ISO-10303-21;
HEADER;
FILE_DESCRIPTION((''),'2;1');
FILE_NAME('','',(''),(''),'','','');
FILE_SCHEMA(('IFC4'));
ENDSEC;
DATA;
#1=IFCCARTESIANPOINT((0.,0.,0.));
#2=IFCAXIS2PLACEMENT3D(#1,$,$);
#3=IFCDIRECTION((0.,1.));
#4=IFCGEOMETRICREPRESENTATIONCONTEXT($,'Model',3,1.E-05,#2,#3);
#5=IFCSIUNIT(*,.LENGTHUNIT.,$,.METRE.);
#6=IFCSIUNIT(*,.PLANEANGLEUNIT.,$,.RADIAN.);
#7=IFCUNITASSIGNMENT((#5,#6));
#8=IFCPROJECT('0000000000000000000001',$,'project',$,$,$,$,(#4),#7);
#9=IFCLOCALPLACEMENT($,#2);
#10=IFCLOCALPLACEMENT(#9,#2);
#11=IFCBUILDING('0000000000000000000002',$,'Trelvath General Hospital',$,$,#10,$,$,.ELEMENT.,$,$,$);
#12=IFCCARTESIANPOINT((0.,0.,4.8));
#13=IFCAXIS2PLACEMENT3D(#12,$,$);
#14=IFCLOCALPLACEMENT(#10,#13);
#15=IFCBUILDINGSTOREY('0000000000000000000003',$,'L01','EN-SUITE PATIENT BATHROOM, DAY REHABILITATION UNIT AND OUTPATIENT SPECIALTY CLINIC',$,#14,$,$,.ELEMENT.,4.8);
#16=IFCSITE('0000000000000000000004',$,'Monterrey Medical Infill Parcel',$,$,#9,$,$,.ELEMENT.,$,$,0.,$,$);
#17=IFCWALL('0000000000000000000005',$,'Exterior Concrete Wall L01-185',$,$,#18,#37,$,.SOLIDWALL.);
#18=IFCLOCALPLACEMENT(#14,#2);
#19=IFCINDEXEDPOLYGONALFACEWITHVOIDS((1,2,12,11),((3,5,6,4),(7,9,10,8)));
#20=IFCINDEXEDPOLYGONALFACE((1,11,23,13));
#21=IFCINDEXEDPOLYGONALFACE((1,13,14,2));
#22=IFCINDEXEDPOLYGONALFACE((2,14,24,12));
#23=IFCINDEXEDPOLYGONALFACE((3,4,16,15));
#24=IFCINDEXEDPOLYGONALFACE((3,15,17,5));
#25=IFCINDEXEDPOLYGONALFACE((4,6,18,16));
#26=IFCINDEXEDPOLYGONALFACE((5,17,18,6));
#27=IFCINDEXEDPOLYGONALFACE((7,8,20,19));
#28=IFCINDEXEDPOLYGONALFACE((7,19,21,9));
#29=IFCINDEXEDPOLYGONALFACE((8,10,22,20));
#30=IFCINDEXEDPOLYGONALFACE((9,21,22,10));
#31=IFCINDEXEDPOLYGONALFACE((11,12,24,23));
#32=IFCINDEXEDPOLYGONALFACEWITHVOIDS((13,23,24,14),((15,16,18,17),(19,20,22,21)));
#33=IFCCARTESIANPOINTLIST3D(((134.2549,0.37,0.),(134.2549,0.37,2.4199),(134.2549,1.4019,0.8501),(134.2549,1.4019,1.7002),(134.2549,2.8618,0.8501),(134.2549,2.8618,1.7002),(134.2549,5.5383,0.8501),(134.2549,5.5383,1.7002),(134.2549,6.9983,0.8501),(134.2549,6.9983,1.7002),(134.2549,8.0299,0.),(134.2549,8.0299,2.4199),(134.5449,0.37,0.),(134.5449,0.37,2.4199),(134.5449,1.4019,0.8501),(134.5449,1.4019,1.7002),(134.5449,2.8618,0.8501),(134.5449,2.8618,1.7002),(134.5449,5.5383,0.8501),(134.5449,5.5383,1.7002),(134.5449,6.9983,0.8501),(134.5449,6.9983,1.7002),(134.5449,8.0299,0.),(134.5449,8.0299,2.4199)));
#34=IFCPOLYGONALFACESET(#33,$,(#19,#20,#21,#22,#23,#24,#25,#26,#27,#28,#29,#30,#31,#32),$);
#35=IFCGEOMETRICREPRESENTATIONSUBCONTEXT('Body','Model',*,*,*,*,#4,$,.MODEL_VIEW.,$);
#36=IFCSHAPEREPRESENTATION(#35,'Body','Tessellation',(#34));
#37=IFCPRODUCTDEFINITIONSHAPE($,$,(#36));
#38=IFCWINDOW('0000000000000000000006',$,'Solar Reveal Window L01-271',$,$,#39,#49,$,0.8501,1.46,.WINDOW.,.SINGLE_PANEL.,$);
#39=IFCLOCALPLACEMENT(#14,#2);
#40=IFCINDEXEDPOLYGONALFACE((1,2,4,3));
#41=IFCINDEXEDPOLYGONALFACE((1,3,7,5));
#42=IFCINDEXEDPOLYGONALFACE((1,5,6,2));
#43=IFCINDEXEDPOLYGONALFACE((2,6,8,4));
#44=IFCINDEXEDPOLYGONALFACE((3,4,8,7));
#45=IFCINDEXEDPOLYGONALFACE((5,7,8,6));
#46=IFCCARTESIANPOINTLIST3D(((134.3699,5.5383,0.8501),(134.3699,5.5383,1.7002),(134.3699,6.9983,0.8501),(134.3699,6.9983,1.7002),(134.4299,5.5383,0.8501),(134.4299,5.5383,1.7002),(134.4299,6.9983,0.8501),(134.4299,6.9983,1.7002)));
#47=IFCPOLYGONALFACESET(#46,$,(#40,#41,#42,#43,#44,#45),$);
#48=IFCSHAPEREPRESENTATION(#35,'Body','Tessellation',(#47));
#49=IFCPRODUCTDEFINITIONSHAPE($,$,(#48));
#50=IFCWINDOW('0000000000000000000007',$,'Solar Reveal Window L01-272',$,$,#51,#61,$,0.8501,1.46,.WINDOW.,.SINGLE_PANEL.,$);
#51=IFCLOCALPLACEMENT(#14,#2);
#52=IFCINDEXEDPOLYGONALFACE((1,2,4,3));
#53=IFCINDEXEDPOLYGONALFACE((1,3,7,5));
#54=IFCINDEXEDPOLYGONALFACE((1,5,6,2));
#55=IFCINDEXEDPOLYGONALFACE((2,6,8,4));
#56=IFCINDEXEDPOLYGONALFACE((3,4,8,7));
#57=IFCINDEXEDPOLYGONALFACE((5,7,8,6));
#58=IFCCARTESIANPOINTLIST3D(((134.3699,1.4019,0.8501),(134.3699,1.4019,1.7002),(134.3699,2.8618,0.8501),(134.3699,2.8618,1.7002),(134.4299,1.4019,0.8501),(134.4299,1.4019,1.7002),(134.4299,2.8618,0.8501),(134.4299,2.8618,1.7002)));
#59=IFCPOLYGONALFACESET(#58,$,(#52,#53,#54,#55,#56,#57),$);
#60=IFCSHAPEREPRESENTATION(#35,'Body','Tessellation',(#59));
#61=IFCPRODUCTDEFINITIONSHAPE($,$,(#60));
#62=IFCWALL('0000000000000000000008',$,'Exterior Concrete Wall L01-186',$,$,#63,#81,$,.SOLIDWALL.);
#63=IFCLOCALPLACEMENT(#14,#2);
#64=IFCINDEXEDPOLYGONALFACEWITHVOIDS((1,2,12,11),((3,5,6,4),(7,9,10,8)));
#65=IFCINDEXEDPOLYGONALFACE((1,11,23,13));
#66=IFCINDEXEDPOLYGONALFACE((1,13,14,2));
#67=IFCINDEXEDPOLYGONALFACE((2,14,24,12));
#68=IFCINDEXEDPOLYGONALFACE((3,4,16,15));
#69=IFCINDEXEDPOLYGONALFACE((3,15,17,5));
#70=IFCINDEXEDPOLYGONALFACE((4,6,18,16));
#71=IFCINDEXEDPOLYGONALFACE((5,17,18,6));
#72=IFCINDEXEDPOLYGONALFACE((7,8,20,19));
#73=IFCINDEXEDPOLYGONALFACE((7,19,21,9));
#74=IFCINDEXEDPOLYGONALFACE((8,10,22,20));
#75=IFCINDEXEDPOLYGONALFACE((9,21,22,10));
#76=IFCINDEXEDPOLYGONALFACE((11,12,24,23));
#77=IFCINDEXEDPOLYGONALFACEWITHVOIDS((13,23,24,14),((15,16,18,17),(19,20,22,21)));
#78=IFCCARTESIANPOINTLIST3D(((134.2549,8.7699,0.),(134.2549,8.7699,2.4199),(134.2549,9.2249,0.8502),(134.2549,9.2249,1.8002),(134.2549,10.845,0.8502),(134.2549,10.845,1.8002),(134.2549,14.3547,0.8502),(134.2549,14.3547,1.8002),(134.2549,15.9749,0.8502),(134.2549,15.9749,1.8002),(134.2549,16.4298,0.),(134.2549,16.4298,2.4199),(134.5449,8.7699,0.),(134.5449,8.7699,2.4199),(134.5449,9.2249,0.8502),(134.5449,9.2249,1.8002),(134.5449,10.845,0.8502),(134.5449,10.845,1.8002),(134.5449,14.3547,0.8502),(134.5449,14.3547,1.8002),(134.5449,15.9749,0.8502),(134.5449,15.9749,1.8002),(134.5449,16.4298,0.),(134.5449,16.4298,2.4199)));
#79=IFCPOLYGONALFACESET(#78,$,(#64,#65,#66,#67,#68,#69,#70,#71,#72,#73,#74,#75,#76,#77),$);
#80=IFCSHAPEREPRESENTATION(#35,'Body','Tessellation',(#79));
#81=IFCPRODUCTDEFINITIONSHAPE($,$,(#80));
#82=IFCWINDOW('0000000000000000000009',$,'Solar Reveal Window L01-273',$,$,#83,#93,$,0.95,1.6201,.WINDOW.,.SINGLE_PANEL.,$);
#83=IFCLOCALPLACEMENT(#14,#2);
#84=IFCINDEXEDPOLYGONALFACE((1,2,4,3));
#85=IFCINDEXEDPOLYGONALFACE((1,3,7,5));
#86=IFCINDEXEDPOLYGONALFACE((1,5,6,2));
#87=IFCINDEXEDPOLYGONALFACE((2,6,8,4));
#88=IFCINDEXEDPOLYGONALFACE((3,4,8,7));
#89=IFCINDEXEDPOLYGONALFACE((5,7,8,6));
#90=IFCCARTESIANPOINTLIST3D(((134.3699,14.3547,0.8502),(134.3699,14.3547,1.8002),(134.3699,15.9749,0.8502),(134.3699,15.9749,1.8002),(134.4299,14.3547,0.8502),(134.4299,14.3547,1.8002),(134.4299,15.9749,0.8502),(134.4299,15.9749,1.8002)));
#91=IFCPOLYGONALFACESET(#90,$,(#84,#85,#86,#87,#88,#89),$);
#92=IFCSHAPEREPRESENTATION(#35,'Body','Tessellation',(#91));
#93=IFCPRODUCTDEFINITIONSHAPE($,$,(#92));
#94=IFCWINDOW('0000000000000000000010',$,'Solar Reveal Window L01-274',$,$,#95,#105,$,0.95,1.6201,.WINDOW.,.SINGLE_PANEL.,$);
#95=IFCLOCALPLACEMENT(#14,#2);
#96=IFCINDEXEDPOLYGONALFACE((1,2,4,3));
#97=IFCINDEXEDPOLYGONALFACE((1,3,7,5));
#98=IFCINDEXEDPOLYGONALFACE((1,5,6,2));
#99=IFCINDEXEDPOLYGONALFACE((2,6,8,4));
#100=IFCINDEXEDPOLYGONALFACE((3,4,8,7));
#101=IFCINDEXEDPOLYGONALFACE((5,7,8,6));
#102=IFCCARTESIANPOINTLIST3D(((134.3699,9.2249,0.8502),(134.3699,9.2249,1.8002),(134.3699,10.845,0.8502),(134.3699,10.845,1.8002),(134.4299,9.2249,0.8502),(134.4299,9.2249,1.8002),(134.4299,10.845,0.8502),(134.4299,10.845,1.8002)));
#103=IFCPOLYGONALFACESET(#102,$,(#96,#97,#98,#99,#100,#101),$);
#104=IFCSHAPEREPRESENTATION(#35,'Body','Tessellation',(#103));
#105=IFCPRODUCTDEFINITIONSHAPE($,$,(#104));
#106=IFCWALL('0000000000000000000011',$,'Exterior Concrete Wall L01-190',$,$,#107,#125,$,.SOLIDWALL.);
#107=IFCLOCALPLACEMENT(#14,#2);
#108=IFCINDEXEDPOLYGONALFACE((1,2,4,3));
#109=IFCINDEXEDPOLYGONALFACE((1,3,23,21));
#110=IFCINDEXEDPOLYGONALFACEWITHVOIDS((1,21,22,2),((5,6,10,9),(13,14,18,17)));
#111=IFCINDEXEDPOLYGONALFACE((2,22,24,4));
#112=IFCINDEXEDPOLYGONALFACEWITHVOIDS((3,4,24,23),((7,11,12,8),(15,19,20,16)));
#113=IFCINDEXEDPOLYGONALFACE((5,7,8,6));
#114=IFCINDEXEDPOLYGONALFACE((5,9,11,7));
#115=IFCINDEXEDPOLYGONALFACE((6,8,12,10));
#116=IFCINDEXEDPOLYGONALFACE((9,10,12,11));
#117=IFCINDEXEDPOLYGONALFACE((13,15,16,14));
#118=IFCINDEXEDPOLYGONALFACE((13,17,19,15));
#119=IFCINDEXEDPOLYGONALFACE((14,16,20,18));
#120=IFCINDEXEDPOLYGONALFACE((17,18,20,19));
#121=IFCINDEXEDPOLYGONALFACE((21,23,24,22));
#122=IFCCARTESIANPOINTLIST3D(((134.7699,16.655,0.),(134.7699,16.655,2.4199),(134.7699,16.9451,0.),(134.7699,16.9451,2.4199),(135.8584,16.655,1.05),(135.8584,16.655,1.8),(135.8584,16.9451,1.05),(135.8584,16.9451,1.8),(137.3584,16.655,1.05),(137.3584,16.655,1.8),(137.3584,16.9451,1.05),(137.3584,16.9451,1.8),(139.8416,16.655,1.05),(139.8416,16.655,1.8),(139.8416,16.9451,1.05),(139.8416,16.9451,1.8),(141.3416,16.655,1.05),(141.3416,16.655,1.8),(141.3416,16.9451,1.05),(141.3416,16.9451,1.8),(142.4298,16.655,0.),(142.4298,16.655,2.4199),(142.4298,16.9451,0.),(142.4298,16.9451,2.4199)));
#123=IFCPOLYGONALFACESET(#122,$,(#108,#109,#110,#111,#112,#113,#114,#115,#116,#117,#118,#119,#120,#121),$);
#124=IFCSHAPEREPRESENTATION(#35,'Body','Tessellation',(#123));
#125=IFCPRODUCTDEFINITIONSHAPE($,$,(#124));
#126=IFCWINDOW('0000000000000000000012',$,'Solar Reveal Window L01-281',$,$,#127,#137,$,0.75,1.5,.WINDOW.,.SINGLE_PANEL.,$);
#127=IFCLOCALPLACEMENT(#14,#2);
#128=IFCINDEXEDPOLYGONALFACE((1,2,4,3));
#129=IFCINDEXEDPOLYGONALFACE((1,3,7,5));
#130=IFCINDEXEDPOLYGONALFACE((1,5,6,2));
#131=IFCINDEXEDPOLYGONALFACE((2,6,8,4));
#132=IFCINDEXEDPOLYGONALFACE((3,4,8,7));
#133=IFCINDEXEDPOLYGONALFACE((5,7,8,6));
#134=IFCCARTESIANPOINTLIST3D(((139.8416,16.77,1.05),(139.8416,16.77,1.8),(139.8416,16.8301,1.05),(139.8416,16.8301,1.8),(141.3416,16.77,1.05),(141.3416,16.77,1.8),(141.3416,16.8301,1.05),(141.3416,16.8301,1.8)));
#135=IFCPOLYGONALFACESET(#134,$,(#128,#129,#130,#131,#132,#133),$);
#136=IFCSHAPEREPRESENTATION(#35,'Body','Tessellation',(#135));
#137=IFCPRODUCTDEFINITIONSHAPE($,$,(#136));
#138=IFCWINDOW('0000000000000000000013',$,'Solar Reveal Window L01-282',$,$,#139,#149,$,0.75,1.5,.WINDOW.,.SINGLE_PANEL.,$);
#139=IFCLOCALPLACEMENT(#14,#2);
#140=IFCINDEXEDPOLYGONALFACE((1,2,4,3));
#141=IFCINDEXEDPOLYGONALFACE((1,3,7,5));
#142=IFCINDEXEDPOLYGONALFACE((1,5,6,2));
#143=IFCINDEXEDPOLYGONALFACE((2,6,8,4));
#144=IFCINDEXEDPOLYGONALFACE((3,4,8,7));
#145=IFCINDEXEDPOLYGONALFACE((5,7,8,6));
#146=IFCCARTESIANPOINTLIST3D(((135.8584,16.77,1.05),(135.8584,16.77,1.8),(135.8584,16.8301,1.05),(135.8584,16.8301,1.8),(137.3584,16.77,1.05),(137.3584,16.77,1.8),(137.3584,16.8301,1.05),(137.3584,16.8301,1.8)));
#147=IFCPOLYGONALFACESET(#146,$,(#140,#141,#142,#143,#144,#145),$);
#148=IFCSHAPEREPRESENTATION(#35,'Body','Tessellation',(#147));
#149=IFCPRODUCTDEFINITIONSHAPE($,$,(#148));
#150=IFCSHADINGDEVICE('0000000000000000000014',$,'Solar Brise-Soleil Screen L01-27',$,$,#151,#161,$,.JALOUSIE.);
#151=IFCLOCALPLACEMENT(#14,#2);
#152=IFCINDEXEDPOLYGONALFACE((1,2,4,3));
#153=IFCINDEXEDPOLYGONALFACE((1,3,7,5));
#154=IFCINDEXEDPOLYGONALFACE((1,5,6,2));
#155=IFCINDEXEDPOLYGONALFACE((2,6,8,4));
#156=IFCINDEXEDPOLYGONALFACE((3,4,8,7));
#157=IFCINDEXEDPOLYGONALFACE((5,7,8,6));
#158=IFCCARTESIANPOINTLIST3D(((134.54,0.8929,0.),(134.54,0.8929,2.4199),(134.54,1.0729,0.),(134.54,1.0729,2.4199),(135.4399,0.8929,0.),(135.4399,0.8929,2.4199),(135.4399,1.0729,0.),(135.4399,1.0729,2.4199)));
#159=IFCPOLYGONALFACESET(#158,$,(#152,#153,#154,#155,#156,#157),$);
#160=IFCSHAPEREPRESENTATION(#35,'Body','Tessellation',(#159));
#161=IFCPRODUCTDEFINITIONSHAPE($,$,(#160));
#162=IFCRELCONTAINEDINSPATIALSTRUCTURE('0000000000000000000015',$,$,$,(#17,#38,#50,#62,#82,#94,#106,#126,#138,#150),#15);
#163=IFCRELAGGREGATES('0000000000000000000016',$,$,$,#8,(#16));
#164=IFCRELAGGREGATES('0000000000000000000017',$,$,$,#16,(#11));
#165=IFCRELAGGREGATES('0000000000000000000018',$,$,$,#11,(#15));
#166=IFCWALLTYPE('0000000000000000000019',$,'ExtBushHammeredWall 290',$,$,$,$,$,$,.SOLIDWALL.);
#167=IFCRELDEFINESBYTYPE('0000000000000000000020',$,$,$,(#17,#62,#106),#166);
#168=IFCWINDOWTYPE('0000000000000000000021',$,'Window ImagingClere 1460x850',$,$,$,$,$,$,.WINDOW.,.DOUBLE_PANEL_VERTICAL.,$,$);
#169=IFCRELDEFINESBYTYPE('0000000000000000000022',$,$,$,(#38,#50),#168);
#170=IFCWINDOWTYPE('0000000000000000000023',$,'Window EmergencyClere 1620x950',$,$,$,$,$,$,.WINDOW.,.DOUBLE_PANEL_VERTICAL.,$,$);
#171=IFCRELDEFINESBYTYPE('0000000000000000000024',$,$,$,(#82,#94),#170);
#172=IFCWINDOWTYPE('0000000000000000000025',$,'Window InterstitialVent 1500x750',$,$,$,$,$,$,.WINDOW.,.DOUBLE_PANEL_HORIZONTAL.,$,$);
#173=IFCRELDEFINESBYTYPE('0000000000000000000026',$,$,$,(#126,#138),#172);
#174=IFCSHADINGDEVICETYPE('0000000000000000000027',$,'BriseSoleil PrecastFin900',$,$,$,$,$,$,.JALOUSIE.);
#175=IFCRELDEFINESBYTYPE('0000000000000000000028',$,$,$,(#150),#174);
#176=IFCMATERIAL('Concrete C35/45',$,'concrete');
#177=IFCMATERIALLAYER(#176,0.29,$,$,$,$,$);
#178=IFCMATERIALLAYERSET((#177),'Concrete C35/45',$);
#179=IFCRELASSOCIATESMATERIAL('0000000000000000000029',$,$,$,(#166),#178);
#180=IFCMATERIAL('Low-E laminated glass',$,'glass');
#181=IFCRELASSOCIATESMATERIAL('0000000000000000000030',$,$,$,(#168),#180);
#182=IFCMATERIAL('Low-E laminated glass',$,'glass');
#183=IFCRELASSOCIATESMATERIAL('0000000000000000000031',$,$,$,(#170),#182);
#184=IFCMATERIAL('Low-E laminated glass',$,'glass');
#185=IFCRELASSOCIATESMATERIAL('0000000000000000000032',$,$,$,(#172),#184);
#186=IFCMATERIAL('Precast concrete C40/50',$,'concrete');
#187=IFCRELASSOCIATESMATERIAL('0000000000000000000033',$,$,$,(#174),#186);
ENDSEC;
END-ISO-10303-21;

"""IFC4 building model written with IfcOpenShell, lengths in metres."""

from ifc_helpers import new_model, si_unit, direction, frame, frame_2d, origin, origin_2d, place, context, subcontext, project, spatial, rectangle, extrude, material, layer, layer_set, type_object, element, fill, save


model = new_model("IFC4")

# Units and contexts
model_context = context("Model", 3, precision=1e-05, world=origin(), true_north=direction((0.0, 1.0)))
body_context = subcontext(model_context, "Body", "Model", "MODEL_VIEW")
ifc_project = project(units=[si_unit("LENGTHUNIT", "METRE"), si_unit("PLANEANGLEUNIT", "RADIAN")], contexts=[model_context])

# Site, building, storey
site_placement = place(None, origin())
site = spatial("IfcSite", under=ifc_project, at=site_placement, Name="Monterrey Medical Infill Parcel", CompositionType="ELEMENT", RefElevation=0.0)
building_placement = place(site_placement, origin())
building = spatial("IfcBuilding", under=site, at=building_placement, Name="Trelvath General Hospital", CompositionType="ELEMENT")
storey_placement = place(building_placement, frame((0.0, 0.0, 4.8)))
storey = spatial("IfcBuildingStorey", under=building, at=storey_placement, Name="L01", Description="EN-SUITE PATIENT BATHROOM, DAY REHABILITATION UNIT AND OUTPATIENT SPECIALTY CLINIC", CompositionType="ELEMENT", Elevation=4.8)

# Walls, openings, windows
ifc_material_1 = material(Name="Concrete C35/45", Category="concrete")
ifc_layer_1 = layer(ifc_material_1, 0.29)
ifc_layer_set_1 = layer_set([ifc_layer_1], Name="Concrete C35/45")
wall_type_1 = type_object("IfcWallType", Name="ExtBushHammeredWall 290", PredefinedType="SOLIDWALL", material=ifc_layer_set_1)
wall_1_placement = place(storey_placement, frame((134.3999, 8.03, 0.0), z_axis=(0.0, 0.0, 1.0), x_axis=(0.0, -1.0, 0.0)))
wall_1 = element("IfcWall", 1, at=wall_1_placement, inside=storey, type_object=wall_type_1, Name="Exterior Concrete Wall L01-185", PredefinedType="SOLIDWALL", context=body_context, shape_type="SweptSolid", body=[
    extrude(rectangle(XDim=7.6599, YDim=0.29, at=frame_2d((3.8301, 0.0))), origin(), (0.0, 0.0, 1.0), 2.4199),
])
opening_1_placement = place(wall_1_placement, frame((1.0317, 0.0, 0.8501)))
opening_1 = element("IfcOpeningElement", 2, at=opening_1_placement, cuts=wall_1, PredefinedType="OPENING", context=body_context, shape_type="SweptSolid", body=[
    extrude(rectangle(XDim=1.46, YDim=0.8501, at=frame_2d((0.73, 0.425))), frame((0.0, 0.155, 0.0), z_axis=(0.0, -1.0, 0.0), x_axis=(1.0, 0.0, 0.0)), (0.0, 0.0, 1.0), 0.3101),
])
opening_2_placement = place(wall_1_placement, frame((5.1682, 0.0, 0.8501)))
opening_2 = element("IfcOpeningElement", 3, at=opening_2_placement, cuts=wall_1, PredefinedType="OPENING", context=body_context, shape_type="SweptSolid", body=[
    extrude(rectangle(XDim=1.46, YDim=0.8501, at=frame_2d((0.73, 0.425))), frame((0.0, 0.155, 0.0), z_axis=(0.0, -1.0, 0.0), x_axis=(1.0, 0.0, 0.0)), (0.0, 0.0, 1.0), 0.3101),
])
ifc_material_2 = material(Name="Low-E laminated glass", Category="glass")
window_type_1 = type_object("IfcWindowType", Name="Window ImagingClere 1460x850", PartitioningType="DOUBLE_PANEL_VERTICAL", PredefinedType="WINDOW", material=ifc_material_2)
window_1_placement = place(opening_1_placement, origin())
window_1 = element("IfcWindow", 4, at=window_1_placement, inside=storey, type_object=window_type_1, Name="Solar Reveal Window L01-271", OverallHeight=0.8501, OverallWidth=1.46, PartitioningType="SINGLE_PANEL", PredefinedType="WINDOW", context=body_context, shape_type="SweptSolid", body=[
    extrude(rectangle(XDim=1.46, YDim=0.8501, at=frame_2d((0.73, 0.425))), frame((0.0, 0.03, 0.0), z_axis=(0.0, -1.0, 0.0), x_axis=(1.0, 0.0, 0.0)), (0.0, 0.0, 1.0), 0.0601),
])
fill(opening_1, window_1)
window_2_placement = place(opening_2_placement, origin())
window_2 = element("IfcWindow", 5, at=window_2_placement, inside=storey, type_object=window_type_1, Name="Solar Reveal Window L01-272", OverallHeight=0.8501, OverallWidth=1.46, PartitioningType="SINGLE_PANEL", PredefinedType="WINDOW", context=body_context, shape_type="SweptSolid", body=[
    extrude(rectangle(XDim=1.46, YDim=0.8501, at=frame_2d((0.73, 0.425))), frame((0.0, 0.03, 0.0), z_axis=(0.0, -1.0, 0.0), x_axis=(1.0, 0.0, 0.0)), (0.0, 0.0, 1.0), 0.0601),
])
fill(opening_2, window_2)
wall_2_placement = place(storey_placement, frame((134.3999, 16.4299, 0.0), z_axis=(0.0, 0.0, 1.0), x_axis=(0.0, -1.0, 0.0)))
wall_2 = element("IfcWall", 6, at=wall_2_placement, inside=storey, type_object=wall_type_1, Name="Exterior Concrete Wall L01-186", PredefinedType="SOLIDWALL", context=body_context, shape_type="SweptSolid", body=[
    extrude(rectangle(XDim=7.6599, YDim=0.29, at=frame_2d((3.8301, 0.0))), origin(), (0.0, 0.0, 1.0), 2.4199),
])
opening_3_placement = place(wall_2_placement, frame((0.4551, 0.0, 0.8501)))
opening_3 = element("IfcOpeningElement", 7, at=opening_3_placement, cuts=wall_2, PredefinedType="OPENING", context=body_context, shape_type="SweptSolid", body=[
    extrude(rectangle(XDim=1.6201, YDim=0.95, at=frame_2d((0.8101, 0.4751))), frame((0.0, 0.155, 0.0), z_axis=(0.0, -1.0, 0.0), x_axis=(1.0, 0.0, 0.0)), (0.0, 0.0, 1.0), 0.3101),
])
opening_4_placement = place(wall_2_placement, frame((5.585, 0.0, 0.8501)))
opening_4 = element("IfcOpeningElement", 8, at=opening_4_placement, cuts=wall_2, PredefinedType="OPENING", context=body_context, shape_type="SweptSolid", body=[
    extrude(rectangle(XDim=1.6201, YDim=0.95, at=frame_2d((0.8101, 0.4751))), frame((0.0, 0.155, 0.0), z_axis=(0.0, -1.0, 0.0), x_axis=(1.0, 0.0, 0.0)), (0.0, 0.0, 1.0), 0.3101),
])
ifc_material_3 = material(Name="Low-E laminated glass", Category="glass")
window_type_2 = type_object("IfcWindowType", Name="Window EmergencyClere 1620x950", PartitioningType="DOUBLE_PANEL_VERTICAL", PredefinedType="WINDOW", material=ifc_material_3)
window_3_placement = place(opening_3_placement, origin())
window_3 = element("IfcWindow", 9, at=window_3_placement, inside=storey, type_object=window_type_2, Name="Solar Reveal Window L01-273", OverallHeight=0.95, OverallWidth=1.6201, PartitioningType="SINGLE_PANEL", PredefinedType="WINDOW", context=body_context, shape_type="SweptSolid", body=[
    extrude(rectangle(XDim=1.6201, YDim=0.95, at=frame_2d((0.8101, 0.4751))), frame((0.0, 0.03, 0.0), z_axis=(0.0, -1.0, 0.0), x_axis=(1.0, 0.0, 0.0)), (0.0, 0.0, 1.0), 0.0601),
])
fill(opening_3, window_3)
window_4_placement = place(opening_4_placement, origin())
window_4 = element("IfcWindow", 10, at=window_4_placement, inside=storey, type_object=window_type_2, Name="Solar Reveal Window L01-274", OverallHeight=0.95, OverallWidth=1.6201, PartitioningType="SINGLE_PANEL", PredefinedType="WINDOW", context=body_context, shape_type="SweptSolid", body=[
    extrude(rectangle(XDim=1.6201, YDim=0.95, at=frame_2d((0.8101, 0.4751))), frame((0.0, 0.03, 0.0), z_axis=(0.0, -1.0, 0.0), x_axis=(1.0, 0.0, 0.0)), (0.0, 0.0, 1.0), 0.0601),
])
fill(opening_4, window_4)
wall_3_placement = place(storey_placement, frame((142.4299, 16.8, 0.0), z_axis=(0.0, 0.0, 1.0), x_axis=(-1.0, 0.0, 0.0)))
wall_3 = element("IfcWall", 11, at=wall_3_placement, inside=storey, type_object=wall_type_1, Name="Exterior Concrete Wall L01-190", PredefinedType="SOLIDWALL", context=body_context, shape_type="SweptSolid", body=[
    extrude(rectangle(XDim=7.6599, YDim=0.29, at=frame_2d((3.8301, 0.0))), origin(), (0.0, 0.0, 1.0), 2.4199),
])
opening_5_placement = place(wall_3_placement, frame((1.0884, 0.0, 1.05)))
opening_5 = element("IfcOpeningElement", 12, at=opening_5_placement, cuts=wall_3, PredefinedType="OPENING", context=body_context, shape_type="SweptSolid", body=[
    extrude(rectangle(XDim=1.5, YDim=0.75, at=frame_2d((0.75, 0.375))), frame((0.0, 0.155, 0.0), z_axis=(0.0, -1.0, 0.0), x_axis=(1.0, 0.0, 0.0)), (0.0, 0.0, 1.0), 0.3101),
])
opening_6_placement = place(wall_3_placement, frame((5.0715, 0.0, 1.05)))
opening_6 = element("IfcOpeningElement", 13, at=opening_6_placement, cuts=wall_3, PredefinedType="OPENING", context=body_context, shape_type="SweptSolid", body=[
    extrude(rectangle(XDim=1.5, YDim=0.75, at=frame_2d((0.75, 0.375))), frame((0.0, 0.155, 0.0), z_axis=(0.0, -1.0, 0.0), x_axis=(1.0, 0.0, 0.0)), (0.0, 0.0, 1.0), 0.3101),
])
ifc_material_4 = material(Name="Low-E laminated glass", Category="glass")
window_type_3 = type_object("IfcWindowType", Name="Window InterstitialVent 1500x750", PartitioningType="DOUBLE_PANEL_HORIZONTAL", PredefinedType="WINDOW", material=ifc_material_4)
window_5_placement = place(opening_5_placement, origin())
window_5 = element("IfcWindow", 14, at=window_5_placement, inside=storey, type_object=window_type_3, Name="Solar Reveal Window L01-281", OverallHeight=0.75, OverallWidth=1.5, PartitioningType="SINGLE_PANEL", PredefinedType="WINDOW", context=body_context, shape_type="SweptSolid", body=[
    extrude(rectangle(XDim=1.5, YDim=0.75, at=frame_2d((0.75, 0.375))), frame((0.0, 0.03, 0.0), z_axis=(0.0, -1.0, 0.0), x_axis=(1.0, 0.0, 0.0)), (0.0, 0.0, 1.0), 0.0601),
])
fill(opening_5, window_5)
window_6_placement = place(opening_6_placement, origin())
window_6 = element("IfcWindow", 15, at=window_6_placement, inside=storey, type_object=window_type_3, Name="Solar Reveal Window L01-282", OverallHeight=0.75, OverallWidth=1.5, PartitioningType="SINGLE_PANEL", PredefinedType="WINDOW", context=body_context, shape_type="SweptSolid", body=[
    extrude(rectangle(XDim=1.5, YDim=0.75, at=frame_2d((0.75, 0.375))), frame((0.0, 0.03, 0.0), z_axis=(0.0, -1.0, 0.0), x_axis=(1.0, 0.0, 0.0)), (0.0, 0.0, 1.0), 0.0601),
])
fill(opening_6, window_6)

# Shading device
ifc_material_5 = material(Name="Precast concrete C40/50", Category="concrete")
shading_device_type = type_object("IfcShadingDeviceType", Name="BriseSoleil PrecastFin900", PredefinedType="JALOUSIE", material=ifc_material_5)
for number, where, z_axis, x_axis, name in (
    (16, (134.99, 0.9829, 0.0), (0.0, 0.0, 1.0), (1.0, 0.0, 0.0), "Solar Brise-Soleil Screen L01-27"),
):
    element("IfcShadingDevice", number, at=place(storey_placement, frame(where, z_axis=z_axis, x_axis=x_axis)), inside=storey, type_object=shading_device_type, Name=name, PredefinedType="JALOUSIE", context=body_context, shape_type="SweptSolid", body=[
        extrude(rectangle(XDim=0.8999, YDim=0.1799, at=origin_2d()), origin(), (0.0, 0.0, 1.0), 2.4199),
    ])

save(model, "model.ifc")
